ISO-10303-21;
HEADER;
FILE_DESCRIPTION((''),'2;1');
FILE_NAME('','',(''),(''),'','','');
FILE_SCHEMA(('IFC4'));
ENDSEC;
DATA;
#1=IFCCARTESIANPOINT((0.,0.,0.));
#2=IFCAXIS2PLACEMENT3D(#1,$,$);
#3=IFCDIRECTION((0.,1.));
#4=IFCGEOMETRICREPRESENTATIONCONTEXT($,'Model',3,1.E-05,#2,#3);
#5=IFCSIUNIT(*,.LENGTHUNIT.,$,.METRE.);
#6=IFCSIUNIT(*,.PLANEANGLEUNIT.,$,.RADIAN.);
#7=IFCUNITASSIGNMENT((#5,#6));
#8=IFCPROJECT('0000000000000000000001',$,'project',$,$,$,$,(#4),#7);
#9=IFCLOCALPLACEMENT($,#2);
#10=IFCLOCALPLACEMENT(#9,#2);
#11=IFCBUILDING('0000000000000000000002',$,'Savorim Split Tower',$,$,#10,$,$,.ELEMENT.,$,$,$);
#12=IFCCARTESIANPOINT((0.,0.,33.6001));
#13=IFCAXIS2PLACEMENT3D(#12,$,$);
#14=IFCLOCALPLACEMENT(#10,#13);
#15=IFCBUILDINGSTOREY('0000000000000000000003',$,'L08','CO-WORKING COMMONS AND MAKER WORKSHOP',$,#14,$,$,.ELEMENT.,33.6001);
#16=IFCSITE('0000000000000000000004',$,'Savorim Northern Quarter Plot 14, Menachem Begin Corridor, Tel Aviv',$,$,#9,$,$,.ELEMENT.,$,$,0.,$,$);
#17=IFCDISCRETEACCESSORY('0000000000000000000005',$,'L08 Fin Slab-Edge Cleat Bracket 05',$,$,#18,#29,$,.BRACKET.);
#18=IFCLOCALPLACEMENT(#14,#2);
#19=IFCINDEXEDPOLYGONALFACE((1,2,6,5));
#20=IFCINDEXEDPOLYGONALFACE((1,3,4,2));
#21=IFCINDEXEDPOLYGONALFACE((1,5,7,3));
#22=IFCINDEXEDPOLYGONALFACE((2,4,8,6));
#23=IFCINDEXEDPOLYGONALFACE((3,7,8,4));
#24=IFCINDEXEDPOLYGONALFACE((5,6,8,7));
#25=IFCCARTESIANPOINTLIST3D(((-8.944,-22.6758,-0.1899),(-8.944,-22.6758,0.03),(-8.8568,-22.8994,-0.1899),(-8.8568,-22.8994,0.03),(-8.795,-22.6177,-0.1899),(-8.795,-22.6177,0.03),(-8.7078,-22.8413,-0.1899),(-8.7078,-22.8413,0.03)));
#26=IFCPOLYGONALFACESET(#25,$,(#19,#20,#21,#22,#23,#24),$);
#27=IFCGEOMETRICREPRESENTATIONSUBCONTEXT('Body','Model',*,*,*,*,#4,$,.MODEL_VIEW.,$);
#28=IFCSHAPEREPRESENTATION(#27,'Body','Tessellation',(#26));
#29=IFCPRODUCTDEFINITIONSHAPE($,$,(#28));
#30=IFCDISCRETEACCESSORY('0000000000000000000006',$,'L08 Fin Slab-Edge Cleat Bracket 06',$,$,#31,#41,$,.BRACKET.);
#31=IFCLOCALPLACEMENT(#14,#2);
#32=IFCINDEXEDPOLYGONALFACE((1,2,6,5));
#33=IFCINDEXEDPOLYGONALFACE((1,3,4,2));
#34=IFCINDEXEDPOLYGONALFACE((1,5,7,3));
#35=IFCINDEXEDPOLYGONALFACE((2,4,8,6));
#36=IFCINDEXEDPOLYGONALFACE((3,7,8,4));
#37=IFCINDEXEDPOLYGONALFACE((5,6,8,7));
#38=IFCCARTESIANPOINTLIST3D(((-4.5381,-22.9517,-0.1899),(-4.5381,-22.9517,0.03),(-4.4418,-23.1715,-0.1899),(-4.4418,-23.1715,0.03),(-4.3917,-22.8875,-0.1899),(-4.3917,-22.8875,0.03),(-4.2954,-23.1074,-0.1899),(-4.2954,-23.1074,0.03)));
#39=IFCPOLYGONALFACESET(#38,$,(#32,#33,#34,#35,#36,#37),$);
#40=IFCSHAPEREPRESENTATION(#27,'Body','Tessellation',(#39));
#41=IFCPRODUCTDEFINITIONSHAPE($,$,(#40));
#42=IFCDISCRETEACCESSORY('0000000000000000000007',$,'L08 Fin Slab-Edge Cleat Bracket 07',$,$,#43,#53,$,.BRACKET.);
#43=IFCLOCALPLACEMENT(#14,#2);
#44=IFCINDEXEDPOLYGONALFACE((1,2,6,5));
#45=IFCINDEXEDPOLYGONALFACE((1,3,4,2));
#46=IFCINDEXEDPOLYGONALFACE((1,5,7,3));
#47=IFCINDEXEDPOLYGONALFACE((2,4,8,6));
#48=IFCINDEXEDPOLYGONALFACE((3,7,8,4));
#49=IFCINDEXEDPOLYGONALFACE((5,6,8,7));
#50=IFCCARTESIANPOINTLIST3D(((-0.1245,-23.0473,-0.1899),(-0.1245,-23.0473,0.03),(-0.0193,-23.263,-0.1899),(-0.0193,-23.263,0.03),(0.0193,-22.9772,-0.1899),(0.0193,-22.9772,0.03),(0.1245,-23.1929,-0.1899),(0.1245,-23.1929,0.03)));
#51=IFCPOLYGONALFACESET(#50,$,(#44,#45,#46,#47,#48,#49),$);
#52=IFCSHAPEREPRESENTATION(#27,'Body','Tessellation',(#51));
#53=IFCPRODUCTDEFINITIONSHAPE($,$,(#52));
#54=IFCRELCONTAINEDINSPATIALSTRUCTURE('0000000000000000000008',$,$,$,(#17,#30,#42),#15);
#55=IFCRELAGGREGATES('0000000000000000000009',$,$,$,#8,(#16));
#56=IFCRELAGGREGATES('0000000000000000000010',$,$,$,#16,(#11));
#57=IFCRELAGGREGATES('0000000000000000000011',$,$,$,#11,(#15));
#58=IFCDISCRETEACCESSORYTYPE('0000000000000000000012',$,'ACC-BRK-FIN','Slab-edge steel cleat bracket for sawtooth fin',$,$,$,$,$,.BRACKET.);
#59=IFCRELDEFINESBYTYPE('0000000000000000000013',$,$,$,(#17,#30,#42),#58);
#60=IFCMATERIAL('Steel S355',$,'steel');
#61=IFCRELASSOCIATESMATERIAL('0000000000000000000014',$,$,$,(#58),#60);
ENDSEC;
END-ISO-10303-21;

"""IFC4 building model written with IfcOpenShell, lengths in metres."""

from ifc_helpers import new_model, si_unit, direction, frame, origin, origin_2d, place, context, subcontext, project, spatial, rectangle, extrude, material, type_object, element, save


model = new_model("IFC4")

# Units and contexts
model_context = context("Model", 3, precision=1e-05, world=origin(), true_north=direction((0.0, 1.0)))
body_context = subcontext(model_context, "Body", "Model", "MODEL_VIEW")
ifc_project = project(units=[si_unit("LENGTHUNIT", "METRE"), si_unit("PLANEANGLEUNIT", "RADIAN")], contexts=[model_context])

# Site, building, storey
site_placement = place(None, origin())
site = spatial("IfcSite", under=ifc_project, at=site_placement, Name="Savorim Northern Quarter Plot 14, Menachem Begin Corridor, Tel Aviv", CompositionType="ELEMENT", RefElevation=0.0)
building_placement = place(site_placement, origin())
building = spatial("IfcBuilding", under=site, at=building_placement, Name="Savorim Split Tower", CompositionType="ELEMENT")
storey_placement = place(building_placement, frame((0.0, 0.0, 33.6001)))
storey = spatial("IfcBuildingStorey", under=building, at=storey_placement, Name="L08", Description="CO-WORKING COMMONS AND MAKER WORKSHOP", CompositionType="ELEMENT", Elevation=33.6001)

# Shared definitions
ifc_material_1 = material(Name="Steel S355", Category="steel")

# Discrete accessories
discrete_accessory_type = type_object("IfcDiscreteAccessoryType", Name="ACC-BRK-FIN", Description="Slab-edge steel cleat bracket for sawtooth fin", PredefinedType="BRACKET", material=ifc_material_1)
for number, where, z_axis, x_axis, name in (
    (1, (-8.8259, -22.7585, -0.1899), (0.0, 0.0, 1.0), (0.363415, -0.931627, 0.0), "L08 Fin Slab-Edge Cleat Bracket 05"),
    (2, (-4.4167, -23.0295, -0.1899), (0.0, 0.0, 1.0), (0.40123, -0.915977, 0.0), "L08 Fin Slab-Edge Cleat Bracket 06"),
    (3, (0.0, -23.1201, -0.1899), (0.0, 0.0, 1.0), (0.438371, -0.898794, 0.0), "L08 Fin Slab-Edge Cleat Bracket 07"),
):
    element("IfcDiscreteAccessory", number, at=place(storey_placement, frame(where, z_axis=z_axis, x_axis=x_axis)), inside=storey, type_object=discrete_accessory_type, Name=name, PredefinedType="BRACKET", context=body_context, shape_type="SweptSolid", body=[
        extrude(rectangle(XDim=0.24, YDim=0.1599, at=origin_2d()), origin(), (0.0, 0.0, 1.0), 0.22),
    ])

save(model, "model.ifc")
